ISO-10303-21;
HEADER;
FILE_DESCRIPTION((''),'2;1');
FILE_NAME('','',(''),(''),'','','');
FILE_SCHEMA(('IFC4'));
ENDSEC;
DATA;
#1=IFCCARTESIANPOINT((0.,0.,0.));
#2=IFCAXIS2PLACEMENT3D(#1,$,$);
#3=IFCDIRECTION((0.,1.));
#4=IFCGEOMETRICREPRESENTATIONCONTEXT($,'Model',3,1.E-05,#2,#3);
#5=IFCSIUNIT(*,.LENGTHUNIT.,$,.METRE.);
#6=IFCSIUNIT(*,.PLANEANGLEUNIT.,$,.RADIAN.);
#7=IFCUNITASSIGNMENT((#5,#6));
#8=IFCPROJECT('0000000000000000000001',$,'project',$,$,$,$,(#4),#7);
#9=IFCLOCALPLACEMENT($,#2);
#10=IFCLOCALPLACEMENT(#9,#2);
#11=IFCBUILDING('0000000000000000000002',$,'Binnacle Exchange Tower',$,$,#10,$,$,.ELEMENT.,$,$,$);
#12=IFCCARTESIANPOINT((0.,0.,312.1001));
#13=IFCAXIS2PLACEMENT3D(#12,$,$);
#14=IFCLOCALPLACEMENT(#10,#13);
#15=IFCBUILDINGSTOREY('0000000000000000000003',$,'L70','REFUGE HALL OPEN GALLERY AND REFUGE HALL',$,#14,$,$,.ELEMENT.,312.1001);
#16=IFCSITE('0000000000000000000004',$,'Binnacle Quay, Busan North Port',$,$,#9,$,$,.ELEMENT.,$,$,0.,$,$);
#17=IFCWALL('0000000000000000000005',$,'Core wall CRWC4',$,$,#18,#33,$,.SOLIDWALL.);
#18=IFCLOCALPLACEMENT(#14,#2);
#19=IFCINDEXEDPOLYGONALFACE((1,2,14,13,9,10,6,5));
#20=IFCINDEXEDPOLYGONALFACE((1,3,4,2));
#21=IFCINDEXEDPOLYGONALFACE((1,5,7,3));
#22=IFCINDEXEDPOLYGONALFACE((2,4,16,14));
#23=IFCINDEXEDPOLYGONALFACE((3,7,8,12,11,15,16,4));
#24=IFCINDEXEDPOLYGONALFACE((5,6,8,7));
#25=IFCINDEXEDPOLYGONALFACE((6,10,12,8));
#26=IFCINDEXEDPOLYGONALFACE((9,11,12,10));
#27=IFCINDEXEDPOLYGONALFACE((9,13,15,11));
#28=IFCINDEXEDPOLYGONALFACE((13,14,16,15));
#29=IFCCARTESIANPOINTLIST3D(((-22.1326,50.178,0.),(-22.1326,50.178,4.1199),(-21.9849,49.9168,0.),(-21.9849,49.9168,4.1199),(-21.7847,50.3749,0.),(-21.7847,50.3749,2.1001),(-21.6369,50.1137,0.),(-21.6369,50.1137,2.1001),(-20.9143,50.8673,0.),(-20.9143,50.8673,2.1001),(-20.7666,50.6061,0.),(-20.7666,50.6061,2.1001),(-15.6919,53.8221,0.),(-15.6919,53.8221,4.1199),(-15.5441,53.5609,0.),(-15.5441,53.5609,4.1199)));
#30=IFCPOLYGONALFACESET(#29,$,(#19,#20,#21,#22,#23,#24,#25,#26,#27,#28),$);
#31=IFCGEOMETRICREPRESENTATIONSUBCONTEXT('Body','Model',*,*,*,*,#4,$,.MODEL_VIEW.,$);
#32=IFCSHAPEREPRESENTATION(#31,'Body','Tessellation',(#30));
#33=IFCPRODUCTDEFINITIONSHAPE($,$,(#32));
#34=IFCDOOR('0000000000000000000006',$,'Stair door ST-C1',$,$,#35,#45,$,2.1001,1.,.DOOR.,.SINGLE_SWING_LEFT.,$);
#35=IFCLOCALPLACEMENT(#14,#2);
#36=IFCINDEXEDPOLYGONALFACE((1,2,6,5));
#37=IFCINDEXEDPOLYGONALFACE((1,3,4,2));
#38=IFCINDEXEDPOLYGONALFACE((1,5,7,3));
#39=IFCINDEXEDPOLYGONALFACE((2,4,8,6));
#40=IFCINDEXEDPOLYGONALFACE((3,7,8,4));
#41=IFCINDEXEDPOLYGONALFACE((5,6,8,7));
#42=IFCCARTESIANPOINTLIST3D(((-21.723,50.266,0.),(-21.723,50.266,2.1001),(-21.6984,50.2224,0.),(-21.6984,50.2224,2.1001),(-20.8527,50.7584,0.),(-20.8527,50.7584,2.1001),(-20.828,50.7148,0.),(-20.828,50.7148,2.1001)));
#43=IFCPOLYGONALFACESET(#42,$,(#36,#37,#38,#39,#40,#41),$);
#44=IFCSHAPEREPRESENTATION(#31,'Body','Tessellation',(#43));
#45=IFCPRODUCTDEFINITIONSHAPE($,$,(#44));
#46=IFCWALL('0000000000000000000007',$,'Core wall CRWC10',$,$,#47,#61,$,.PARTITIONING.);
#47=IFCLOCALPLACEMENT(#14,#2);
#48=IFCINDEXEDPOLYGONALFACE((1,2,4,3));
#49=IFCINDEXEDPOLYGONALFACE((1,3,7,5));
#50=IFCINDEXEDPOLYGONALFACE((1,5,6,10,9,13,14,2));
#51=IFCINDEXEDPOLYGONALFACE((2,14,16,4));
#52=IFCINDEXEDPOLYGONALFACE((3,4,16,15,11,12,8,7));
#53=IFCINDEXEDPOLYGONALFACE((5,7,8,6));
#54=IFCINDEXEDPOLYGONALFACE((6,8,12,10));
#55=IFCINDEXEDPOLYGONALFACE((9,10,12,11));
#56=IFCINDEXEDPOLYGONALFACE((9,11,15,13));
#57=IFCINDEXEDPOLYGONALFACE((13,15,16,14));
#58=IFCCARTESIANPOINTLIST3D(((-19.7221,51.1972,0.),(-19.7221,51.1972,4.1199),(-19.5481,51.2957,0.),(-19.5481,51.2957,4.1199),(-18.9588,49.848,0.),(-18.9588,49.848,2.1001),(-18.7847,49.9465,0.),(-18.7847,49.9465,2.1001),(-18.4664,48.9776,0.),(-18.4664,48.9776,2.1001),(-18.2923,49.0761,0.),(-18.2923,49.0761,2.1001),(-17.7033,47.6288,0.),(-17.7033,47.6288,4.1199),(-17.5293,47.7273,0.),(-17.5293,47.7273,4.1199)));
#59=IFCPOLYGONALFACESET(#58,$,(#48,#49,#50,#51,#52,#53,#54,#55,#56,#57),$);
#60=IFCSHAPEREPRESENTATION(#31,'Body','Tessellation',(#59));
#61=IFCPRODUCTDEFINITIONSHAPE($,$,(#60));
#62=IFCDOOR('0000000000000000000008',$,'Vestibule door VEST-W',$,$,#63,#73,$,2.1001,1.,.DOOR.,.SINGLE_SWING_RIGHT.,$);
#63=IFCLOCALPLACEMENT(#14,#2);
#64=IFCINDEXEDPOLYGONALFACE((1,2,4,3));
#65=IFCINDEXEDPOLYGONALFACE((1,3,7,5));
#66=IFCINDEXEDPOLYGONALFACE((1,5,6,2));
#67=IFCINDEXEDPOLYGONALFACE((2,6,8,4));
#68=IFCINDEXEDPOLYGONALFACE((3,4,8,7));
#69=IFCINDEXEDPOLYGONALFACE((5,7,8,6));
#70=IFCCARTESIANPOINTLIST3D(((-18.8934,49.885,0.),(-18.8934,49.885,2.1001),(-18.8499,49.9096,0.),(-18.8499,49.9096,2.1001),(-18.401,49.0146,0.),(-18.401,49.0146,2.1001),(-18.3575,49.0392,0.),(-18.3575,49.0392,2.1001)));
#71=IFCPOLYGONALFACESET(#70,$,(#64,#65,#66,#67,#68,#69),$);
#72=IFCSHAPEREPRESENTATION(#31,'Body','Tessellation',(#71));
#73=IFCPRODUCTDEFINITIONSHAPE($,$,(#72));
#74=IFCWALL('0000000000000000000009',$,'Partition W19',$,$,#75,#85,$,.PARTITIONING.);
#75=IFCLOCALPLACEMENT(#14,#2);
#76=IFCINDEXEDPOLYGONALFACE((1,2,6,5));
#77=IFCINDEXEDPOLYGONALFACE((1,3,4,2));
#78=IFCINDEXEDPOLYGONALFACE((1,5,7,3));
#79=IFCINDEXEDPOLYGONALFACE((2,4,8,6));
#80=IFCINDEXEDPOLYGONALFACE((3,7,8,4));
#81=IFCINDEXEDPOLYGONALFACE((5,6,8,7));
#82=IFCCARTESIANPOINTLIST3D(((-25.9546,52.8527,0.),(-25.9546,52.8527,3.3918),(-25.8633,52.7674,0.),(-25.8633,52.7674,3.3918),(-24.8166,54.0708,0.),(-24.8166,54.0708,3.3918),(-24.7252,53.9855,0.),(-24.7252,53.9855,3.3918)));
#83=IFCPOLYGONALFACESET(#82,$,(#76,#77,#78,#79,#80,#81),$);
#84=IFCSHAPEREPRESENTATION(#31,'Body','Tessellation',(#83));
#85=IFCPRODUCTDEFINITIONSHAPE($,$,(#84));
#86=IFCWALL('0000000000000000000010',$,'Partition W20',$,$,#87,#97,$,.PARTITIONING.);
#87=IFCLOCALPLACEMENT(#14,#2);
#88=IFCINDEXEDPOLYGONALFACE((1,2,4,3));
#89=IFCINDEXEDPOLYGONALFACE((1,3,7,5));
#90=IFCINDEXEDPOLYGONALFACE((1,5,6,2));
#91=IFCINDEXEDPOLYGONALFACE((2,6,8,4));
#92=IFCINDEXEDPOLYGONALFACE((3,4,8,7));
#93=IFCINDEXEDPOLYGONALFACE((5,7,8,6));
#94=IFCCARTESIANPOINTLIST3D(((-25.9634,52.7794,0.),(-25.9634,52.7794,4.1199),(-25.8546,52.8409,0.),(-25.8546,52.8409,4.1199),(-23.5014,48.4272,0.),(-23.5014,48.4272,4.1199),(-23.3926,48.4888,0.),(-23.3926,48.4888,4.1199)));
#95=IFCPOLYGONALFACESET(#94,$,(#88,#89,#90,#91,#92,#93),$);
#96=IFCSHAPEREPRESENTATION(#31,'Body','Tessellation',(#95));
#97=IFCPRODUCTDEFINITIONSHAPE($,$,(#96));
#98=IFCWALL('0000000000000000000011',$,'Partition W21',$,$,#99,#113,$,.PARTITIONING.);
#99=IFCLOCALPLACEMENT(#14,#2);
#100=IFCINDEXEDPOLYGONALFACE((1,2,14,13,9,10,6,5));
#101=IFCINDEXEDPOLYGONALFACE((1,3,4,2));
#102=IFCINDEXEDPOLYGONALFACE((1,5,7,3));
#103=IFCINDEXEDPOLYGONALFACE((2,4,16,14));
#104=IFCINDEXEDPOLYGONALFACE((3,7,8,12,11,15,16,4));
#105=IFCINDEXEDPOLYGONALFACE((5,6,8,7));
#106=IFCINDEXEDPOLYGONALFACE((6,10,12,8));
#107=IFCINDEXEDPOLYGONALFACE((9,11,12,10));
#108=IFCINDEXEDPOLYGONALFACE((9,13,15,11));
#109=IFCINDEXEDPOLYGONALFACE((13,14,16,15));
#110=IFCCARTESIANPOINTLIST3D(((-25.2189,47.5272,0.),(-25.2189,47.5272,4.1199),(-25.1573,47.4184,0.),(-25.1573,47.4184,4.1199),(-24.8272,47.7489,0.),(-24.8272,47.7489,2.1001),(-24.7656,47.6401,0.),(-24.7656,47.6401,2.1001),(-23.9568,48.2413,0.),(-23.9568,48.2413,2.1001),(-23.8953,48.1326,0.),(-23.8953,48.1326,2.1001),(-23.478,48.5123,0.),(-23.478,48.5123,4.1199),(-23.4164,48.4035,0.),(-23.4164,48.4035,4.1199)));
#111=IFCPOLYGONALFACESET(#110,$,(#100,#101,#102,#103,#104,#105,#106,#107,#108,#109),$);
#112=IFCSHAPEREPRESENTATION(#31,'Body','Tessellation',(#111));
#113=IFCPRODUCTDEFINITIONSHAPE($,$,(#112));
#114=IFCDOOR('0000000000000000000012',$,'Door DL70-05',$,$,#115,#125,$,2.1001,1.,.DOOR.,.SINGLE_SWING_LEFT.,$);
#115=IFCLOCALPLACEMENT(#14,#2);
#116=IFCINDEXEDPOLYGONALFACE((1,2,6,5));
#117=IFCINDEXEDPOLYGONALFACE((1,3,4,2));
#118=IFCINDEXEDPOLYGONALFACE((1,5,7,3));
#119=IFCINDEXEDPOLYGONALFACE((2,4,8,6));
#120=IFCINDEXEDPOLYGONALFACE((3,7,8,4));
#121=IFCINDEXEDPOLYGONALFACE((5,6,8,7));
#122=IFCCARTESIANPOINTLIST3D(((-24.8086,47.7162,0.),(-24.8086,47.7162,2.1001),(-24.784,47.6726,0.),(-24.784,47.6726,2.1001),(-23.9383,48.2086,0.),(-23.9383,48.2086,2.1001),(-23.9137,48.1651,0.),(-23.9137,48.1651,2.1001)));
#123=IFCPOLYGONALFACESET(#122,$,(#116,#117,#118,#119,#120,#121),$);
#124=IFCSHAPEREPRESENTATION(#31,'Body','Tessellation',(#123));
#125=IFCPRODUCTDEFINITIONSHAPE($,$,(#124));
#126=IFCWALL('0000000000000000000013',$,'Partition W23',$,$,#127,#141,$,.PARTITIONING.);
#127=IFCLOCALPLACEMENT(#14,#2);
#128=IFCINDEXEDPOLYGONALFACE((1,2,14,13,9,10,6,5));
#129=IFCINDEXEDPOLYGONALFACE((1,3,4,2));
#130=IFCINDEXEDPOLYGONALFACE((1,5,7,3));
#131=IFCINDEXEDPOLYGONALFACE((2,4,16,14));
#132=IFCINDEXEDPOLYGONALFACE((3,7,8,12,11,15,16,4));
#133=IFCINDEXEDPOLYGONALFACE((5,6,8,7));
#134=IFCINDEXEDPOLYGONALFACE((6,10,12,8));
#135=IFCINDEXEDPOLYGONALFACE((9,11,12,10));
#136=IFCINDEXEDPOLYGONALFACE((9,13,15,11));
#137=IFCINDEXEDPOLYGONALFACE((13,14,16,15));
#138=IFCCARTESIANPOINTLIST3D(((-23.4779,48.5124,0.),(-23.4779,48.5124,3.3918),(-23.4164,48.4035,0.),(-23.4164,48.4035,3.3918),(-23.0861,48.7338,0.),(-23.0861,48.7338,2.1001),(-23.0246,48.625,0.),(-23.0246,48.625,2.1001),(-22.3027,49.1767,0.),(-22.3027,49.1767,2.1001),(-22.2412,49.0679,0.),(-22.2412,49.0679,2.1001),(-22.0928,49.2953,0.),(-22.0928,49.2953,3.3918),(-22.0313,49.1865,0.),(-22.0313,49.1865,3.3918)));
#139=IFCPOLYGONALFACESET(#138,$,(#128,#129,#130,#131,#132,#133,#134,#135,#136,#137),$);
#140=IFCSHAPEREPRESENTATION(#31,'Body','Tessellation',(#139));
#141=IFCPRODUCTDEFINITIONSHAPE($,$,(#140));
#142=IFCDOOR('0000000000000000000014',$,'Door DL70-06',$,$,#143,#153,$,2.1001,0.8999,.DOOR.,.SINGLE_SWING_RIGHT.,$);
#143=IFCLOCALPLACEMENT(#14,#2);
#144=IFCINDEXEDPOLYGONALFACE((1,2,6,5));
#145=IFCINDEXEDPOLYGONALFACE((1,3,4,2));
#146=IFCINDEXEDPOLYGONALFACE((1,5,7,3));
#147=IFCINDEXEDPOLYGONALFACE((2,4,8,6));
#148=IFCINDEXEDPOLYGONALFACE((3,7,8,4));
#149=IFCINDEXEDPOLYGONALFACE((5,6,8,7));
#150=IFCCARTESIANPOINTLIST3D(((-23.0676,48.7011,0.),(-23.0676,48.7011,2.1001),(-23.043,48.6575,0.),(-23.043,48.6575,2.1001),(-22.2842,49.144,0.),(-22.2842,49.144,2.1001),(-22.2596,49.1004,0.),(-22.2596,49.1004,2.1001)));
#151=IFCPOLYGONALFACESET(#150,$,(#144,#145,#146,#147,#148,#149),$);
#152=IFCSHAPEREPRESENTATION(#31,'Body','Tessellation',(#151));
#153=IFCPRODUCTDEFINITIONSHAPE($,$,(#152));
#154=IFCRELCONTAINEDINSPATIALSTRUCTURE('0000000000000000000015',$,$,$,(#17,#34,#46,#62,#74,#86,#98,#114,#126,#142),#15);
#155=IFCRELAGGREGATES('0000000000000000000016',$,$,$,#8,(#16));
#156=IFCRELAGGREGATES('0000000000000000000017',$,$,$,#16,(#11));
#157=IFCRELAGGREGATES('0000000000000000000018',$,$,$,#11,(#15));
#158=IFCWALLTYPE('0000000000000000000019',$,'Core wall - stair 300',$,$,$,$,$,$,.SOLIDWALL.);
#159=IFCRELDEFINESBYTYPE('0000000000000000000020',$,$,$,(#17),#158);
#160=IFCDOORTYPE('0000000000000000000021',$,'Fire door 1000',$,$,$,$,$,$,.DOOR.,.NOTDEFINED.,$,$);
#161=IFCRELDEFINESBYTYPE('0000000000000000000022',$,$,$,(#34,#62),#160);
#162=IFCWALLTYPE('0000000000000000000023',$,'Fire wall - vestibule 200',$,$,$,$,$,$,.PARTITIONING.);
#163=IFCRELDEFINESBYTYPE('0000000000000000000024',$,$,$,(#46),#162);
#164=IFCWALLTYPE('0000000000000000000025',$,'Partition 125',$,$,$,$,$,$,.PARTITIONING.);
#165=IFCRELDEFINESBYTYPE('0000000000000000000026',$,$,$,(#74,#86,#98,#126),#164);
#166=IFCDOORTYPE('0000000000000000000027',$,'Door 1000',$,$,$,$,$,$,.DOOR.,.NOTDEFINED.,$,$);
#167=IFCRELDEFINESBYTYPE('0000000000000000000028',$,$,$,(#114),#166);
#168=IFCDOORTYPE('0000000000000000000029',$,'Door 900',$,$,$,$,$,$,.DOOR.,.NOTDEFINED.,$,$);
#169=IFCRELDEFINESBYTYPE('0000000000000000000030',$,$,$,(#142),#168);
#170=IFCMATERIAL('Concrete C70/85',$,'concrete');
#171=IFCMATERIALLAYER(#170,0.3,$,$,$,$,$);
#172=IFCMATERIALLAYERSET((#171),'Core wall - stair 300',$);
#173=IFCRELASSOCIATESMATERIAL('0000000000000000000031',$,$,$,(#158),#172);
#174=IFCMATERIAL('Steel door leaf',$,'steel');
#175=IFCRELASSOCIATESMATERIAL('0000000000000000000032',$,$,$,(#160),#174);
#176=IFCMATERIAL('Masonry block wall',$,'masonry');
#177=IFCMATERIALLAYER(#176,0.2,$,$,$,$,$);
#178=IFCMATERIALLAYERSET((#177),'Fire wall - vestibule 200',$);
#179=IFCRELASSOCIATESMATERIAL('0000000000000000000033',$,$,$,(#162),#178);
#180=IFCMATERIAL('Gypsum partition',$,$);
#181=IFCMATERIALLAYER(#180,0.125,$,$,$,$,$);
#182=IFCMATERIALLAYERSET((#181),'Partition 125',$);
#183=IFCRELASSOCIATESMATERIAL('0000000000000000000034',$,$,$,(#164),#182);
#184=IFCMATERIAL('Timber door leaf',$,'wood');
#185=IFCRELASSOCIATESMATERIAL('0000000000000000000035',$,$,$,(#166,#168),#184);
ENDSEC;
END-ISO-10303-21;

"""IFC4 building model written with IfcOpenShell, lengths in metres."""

from ifc_helpers import new_model, si_unit, direction, frame, frame_2d, origin, place, context, subcontext, project, spatial, rectangle, extrude, material, layer, layer_set, type_object, element, fill, save


model = new_model("IFC4")

# Units and contexts
model_context = context("Model", 3, precision=1e-05, world=origin(), true_north=direction((0.0, 1.0)))
body_context = subcontext(model_context, "Body", "Model", "MODEL_VIEW")
ifc_project = project(units=[si_unit("LENGTHUNIT", "METRE"), si_unit("PLANEANGLEUNIT", "RADIAN")], contexts=[model_context])

# Site, building, storey
site_placement = place(None, origin())
site = spatial("IfcSite", under=ifc_project, at=site_placement, Name="Binnacle Quay, Busan North Port", CompositionType="ELEMENT", RefElevation=0.0)
building_placement = place(site_placement, origin())
building = spatial("IfcBuilding", under=site, at=building_placement, Name="Binnacle Exchange Tower", CompositionType="ELEMENT")
storey_placement = place(building_placement, frame((0.0, 0.0, 312.1001)))
storey = spatial("IfcBuildingStorey", under=building, at=storey_placement, Name="L70", Description="REFUGE HALL OPEN GALLERY AND REFUGE HALL", CompositionType="ELEMENT", Elevation=312.1001)

# Shared definitions
ifc_material_1 = material(Name="Concrete C70/85", Category="concrete")
ifc_material_2 = material(Name="Steel door leaf", Category="steel")

# Walls, openings, doors
ifc_layer_1 = layer(ifc_material_1, 0.3)
ifc_layer_set_1 = layer_set([ifc_layer_1], Name="Core wall - stair 300")
wall_type_1 = type_object("IfcWallType", Name="Core wall - stair 300", PredefinedType="SOLIDWALL", material=ifc_layer_set_1)
wall_1_placement = place(storey_placement, frame((-22.0588, 50.0474, 0.0), z_axis=(0.0, 0.0, 1.0), x_axis=(0.870351, 0.492432, 0.0)))
wall_1 = element("IfcWall", 1, at=wall_1_placement, inside=storey, type_object=wall_type_1, Name="Core wall CRWC4", PredefinedType="SOLIDWALL", context=body_context, shape_type="SweptSolid", body=[
    extrude(rectangle(XDim=7.4001, YDim=0.3, at=frame_2d((3.7002, 0.0))), origin(), (0.0, 0.0, 1.0), 4.1199),
])
opening_1_placement = place(wall_1_placement, frame((0.3999, 0.0, 0.0)))
opening_1 = element("IfcOpeningElement", 2, at=opening_1_placement, cuts=wall_1, PredefinedType="OPENING", context=body_context, shape_type="SweptSolid", body=[
    extrude(rectangle(XDim=1.0, YDim=2.1001, at=frame_2d((0.5, 1.05))), frame((0.0, 0.1599, 0.0), z_axis=(0.0, -1.0, 0.0), x_axis=(1.0, 0.0, 0.0)), (0.0, 0.0, 1.0), 0.3201),
])
door_type_1 = type_object("IfcDoorType", Name="Fire door 1000", OperationType="NOTDEFINED", PredefinedType="DOOR", material=ifc_material_2)
door_1_placement = place(opening_1_placement, origin())
door_1 = element("IfcDoor", 3, at=door_1_placement, inside=storey, type_object=door_type_1, Name="Stair door ST-C1", OperationType="SINGLE_SWING_LEFT", OverallHeight=2.1001, OverallWidth=1.0, PredefinedType="DOOR", context=body_context, shape_type="SweptSolid", body=[
    extrude(rectangle(XDim=1.0, YDim=2.1001, at=frame_2d((0.5, 1.05))), frame((0.0, 0.0249, 0.0), z_axis=(0.0, -1.0, 0.0), x_axis=(1.0, 0.0, 0.0)), (0.0, 0.0, 1.0), 0.05),
])
fill(opening_1, door_1)
ifc_material_3 = material(Name="Masonry block wall", Category="masonry")
ifc_layer_2 = layer(ifc_material_3, 0.2)
ifc_layer_set_2 = layer_set([ifc_layer_2], Name="Fire wall - vestibule 200")
wall_type_2 = type_object("IfcWallType", Name="Fire wall - vestibule 200", PredefinedType="PARTITIONING", material=ifc_layer_set_2)
wall_2_placement = place(storey_placement, frame((-19.635, 51.2463, 0.0), z_axis=(0.0, 0.0, 1.0), x_axis=(0.492408, -0.870364, 0.0)))
wall_2 = element("IfcWall", 4, at=wall_2_placement, inside=storey, type_object=wall_type_2, Name="Core wall CRWC10", PredefinedType="PARTITIONING", context=body_context, shape_type="SweptSolid", body=[
    extrude(rectangle(XDim=4.0999, YDim=0.2, at=frame_2d((2.0498, 0.0))), origin(), (0.0, 0.0, 1.0), 4.1199),
])
opening_2_placement = place(wall_2_placement, frame((1.55, 0.0, 0.0)))
opening_2 = element("IfcOpeningElement", 5, at=opening_2_placement, cuts=wall_2, PredefinedType="OPENING", context=body_context, shape_type="SweptSolid", body=[
    extrude(rectangle(XDim=1.0, YDim=2.1001, at=frame_2d((0.5, 1.05))), frame((0.0, 0.1099, 0.0), z_axis=(0.0, -1.0, 0.0), x_axis=(1.0, 0.0, 0.0)), (0.0, 0.0, 1.0), 0.22),
])
door_2_placement = place(opening_2_placement, frame((1.0, 0.0, 0.0), z_axis=(0.0, 0.0, 1.0), x_axis=(-1.0, 0.0, 0.0)))
door_2 = element("IfcDoor", 6, at=door_2_placement, inside=storey, type_object=door_type_1, Name="Vestibule door VEST-W", OperationType="SINGLE_SWING_RIGHT", OverallHeight=2.1001, OverallWidth=1.0, PredefinedType="DOOR", context=body_context, shape_type="SweptSolid", body=[
    extrude(rectangle(XDim=1.0, YDim=2.1001, at=frame_2d((0.5, 1.05))), frame((0.0, 0.0249, 0.0), z_axis=(0.0, -1.0, 0.0), x_axis=(1.0, 0.0, 0.0)), (0.0, 0.0, 1.0), 0.05),
])
fill(opening_2, door_2)

# Walls
ifc_material_4 = material(Name="Gypsum partition")
ifc_layer_3 = layer(ifc_material_4, 0.125)
ifc_layer_set_3 = layer_set([ifc_layer_3], Name="Partition 125")
wall_type_3 = type_object("IfcWallType", Name="Partition 125", PredefinedType="PARTITIONING", material=ifc_layer_set_3)
wall_3_placement = place(storey_placement, frame((-25.9089, 52.8101, 0.0), z_axis=(0.0, 0.0, 1.0), x_axis=(0.682678, 0.730719, 0.0)))
element("IfcWall", 7, at=wall_3_placement, inside=storey, type_object=wall_type_3, Name="Partition W19", PredefinedType="PARTITIONING", context=body_context, shape_type="SweptSolid", body=[
    extrude(rectangle(XDim=1.667, YDim=0.125, at=frame_2d((0.8335, 0.0))), origin(), (0.0, 0.0, 1.0), 3.3918),
])
wall_4_placement = place(storey_placement, frame((-25.9089, 52.8101, 0.0), z_axis=(0.0, 0.0, 1.0), x_axis=(0.492369, -0.870386, 0.0)))
element("IfcWall", 8, at=wall_4_placement, inside=storey, type_object=wall_type_3, Name="Partition W20", PredefinedType="PARTITIONING", context=body_context, shape_type="SweptSolid", body=[
    extrude(rectangle(XDim=5.0002, YDim=0.125, at=frame_2d((2.5, 0.0))), origin(), (0.0, 0.0, 1.0), 4.1199),
])

# Walls, openings, doors
wall_5_placement = place(storey_placement, frame((-25.188, 47.4729, 0.0), z_axis=(0.0, 0.0, 1.0), x_axis=(0.870331, 0.492467, 0.0)))
wall_5 = element("IfcWall", 9, at=wall_5_placement, inside=storey, type_object=wall_type_3, Name="Partition W21", PredefinedType="PARTITIONING", context=body_context, shape_type="SweptSolid", body=[
    extrude(rectangle(XDim=2.0002, YDim=0.125, at=frame_2d((1.0, 0.0))), origin(), (0.0, 0.0, 1.0), 4.1199),
])
opening_3_placement = place(wall_5_placement, frame((0.45, 0.0, 0.0)))
opening_3 = element("IfcOpeningElement", 10, at=opening_3_placement, cuts=wall_5, PredefinedType="OPENING", context=body_context, shape_type="SweptSolid", body=[
    extrude(rectangle(XDim=1.0, YDim=2.1001, at=frame_2d((0.5, 1.05))), frame((0.0, 0.0725, 0.0), z_axis=(0.0, -1.0, 0.0), x_axis=(1.0, 0.0, 0.0)), (0.0, 0.0, 1.0), 0.145),
])
ifc_material_5 = material(Name="Timber door leaf", Category="wood")
door_type_2 = type_object("IfcDoorType", Name="Door 1000", OperationType="NOTDEFINED", PredefinedType="DOOR", material=ifc_material_5)
door_3_placement = place(opening_3_placement, origin())
door_3 = element("IfcDoor", 11, at=door_3_placement, inside=storey, type_object=door_type_2, Name="Door DL70-05", OperationType="SINGLE_SWING_LEFT", OverallHeight=2.1001, OverallWidth=1.0, PredefinedType="DOOR", context=body_context, shape_type="SweptSolid", body=[
    extrude(rectangle(XDim=1.0, YDim=2.1001, at=frame_2d((0.5, 1.05))), frame((0.0, 0.0249, 0.0), z_axis=(0.0, -1.0, 0.0), x_axis=(1.0, 0.0, 0.0)), (0.0, 0.0, 1.0), 0.05),
])
fill(opening_3, door_3)
wall_6_placement = place(storey_placement, frame((-23.447, 48.458, 0.0), z_axis=(0.0, 0.0, 1.0), x_axis=(0.870529, 0.492118, 0.0)))
wall_6 = element("IfcWall", 12, at=wall_6_placement, inside=storey, type_object=wall_type_3, Name="Partition W23", PredefinedType="PARTITIONING", context=body_context, shape_type="SweptSolid", body=[
    extrude(rectangle(XDim=1.5911, YDim=0.125, at=frame_2d((0.7954, 0.0))), origin(), (0.0, 0.0, 1.0), 3.3918),
])
opening_4_placement = place(wall_6_placement, frame((0.45, 0.0, 0.0)))
opening_4 = element("IfcOpeningElement", 13, at=opening_4_placement, cuts=wall_6, PredefinedType="OPENING", context=body_context, shape_type="SweptSolid", body=[
    extrude(rectangle(XDim=0.8999, YDim=2.1001, at=frame_2d((0.45, 1.05))), frame((0.0, 0.0725, 0.0), z_axis=(0.0, -1.0, 0.0), x_axis=(1.0, 0.0, 0.0)), (0.0, 0.0, 1.0), 0.145),
])
door_type_3 = type_object("IfcDoorType", Name="Door 900", OperationType="NOTDEFINED", PredefinedType="DOOR", material=ifc_material_5)
door_4_placement = place(opening_4_placement, origin())
door_4 = element("IfcDoor", 14, at=door_4_placement, inside=storey, type_object=door_type_3, Name="Door DL70-06", OperationType="SINGLE_SWING_RIGHT", OverallHeight=2.1001, OverallWidth=0.8999, PredefinedType="DOOR", context=body_context, shape_type="SweptSolid", body=[
    extrude(rectangle(XDim=0.8999, YDim=2.1001, at=frame_2d((0.45, 1.05))), frame((0.0, 0.0249, 0.0), z_axis=(0.0, -1.0, 0.0), x_axis=(1.0, 0.0, 0.0)), (0.0, 0.0, 1.0), 0.05),
])
fill(opening_4, door_4)

save(model, "model.ifc")
